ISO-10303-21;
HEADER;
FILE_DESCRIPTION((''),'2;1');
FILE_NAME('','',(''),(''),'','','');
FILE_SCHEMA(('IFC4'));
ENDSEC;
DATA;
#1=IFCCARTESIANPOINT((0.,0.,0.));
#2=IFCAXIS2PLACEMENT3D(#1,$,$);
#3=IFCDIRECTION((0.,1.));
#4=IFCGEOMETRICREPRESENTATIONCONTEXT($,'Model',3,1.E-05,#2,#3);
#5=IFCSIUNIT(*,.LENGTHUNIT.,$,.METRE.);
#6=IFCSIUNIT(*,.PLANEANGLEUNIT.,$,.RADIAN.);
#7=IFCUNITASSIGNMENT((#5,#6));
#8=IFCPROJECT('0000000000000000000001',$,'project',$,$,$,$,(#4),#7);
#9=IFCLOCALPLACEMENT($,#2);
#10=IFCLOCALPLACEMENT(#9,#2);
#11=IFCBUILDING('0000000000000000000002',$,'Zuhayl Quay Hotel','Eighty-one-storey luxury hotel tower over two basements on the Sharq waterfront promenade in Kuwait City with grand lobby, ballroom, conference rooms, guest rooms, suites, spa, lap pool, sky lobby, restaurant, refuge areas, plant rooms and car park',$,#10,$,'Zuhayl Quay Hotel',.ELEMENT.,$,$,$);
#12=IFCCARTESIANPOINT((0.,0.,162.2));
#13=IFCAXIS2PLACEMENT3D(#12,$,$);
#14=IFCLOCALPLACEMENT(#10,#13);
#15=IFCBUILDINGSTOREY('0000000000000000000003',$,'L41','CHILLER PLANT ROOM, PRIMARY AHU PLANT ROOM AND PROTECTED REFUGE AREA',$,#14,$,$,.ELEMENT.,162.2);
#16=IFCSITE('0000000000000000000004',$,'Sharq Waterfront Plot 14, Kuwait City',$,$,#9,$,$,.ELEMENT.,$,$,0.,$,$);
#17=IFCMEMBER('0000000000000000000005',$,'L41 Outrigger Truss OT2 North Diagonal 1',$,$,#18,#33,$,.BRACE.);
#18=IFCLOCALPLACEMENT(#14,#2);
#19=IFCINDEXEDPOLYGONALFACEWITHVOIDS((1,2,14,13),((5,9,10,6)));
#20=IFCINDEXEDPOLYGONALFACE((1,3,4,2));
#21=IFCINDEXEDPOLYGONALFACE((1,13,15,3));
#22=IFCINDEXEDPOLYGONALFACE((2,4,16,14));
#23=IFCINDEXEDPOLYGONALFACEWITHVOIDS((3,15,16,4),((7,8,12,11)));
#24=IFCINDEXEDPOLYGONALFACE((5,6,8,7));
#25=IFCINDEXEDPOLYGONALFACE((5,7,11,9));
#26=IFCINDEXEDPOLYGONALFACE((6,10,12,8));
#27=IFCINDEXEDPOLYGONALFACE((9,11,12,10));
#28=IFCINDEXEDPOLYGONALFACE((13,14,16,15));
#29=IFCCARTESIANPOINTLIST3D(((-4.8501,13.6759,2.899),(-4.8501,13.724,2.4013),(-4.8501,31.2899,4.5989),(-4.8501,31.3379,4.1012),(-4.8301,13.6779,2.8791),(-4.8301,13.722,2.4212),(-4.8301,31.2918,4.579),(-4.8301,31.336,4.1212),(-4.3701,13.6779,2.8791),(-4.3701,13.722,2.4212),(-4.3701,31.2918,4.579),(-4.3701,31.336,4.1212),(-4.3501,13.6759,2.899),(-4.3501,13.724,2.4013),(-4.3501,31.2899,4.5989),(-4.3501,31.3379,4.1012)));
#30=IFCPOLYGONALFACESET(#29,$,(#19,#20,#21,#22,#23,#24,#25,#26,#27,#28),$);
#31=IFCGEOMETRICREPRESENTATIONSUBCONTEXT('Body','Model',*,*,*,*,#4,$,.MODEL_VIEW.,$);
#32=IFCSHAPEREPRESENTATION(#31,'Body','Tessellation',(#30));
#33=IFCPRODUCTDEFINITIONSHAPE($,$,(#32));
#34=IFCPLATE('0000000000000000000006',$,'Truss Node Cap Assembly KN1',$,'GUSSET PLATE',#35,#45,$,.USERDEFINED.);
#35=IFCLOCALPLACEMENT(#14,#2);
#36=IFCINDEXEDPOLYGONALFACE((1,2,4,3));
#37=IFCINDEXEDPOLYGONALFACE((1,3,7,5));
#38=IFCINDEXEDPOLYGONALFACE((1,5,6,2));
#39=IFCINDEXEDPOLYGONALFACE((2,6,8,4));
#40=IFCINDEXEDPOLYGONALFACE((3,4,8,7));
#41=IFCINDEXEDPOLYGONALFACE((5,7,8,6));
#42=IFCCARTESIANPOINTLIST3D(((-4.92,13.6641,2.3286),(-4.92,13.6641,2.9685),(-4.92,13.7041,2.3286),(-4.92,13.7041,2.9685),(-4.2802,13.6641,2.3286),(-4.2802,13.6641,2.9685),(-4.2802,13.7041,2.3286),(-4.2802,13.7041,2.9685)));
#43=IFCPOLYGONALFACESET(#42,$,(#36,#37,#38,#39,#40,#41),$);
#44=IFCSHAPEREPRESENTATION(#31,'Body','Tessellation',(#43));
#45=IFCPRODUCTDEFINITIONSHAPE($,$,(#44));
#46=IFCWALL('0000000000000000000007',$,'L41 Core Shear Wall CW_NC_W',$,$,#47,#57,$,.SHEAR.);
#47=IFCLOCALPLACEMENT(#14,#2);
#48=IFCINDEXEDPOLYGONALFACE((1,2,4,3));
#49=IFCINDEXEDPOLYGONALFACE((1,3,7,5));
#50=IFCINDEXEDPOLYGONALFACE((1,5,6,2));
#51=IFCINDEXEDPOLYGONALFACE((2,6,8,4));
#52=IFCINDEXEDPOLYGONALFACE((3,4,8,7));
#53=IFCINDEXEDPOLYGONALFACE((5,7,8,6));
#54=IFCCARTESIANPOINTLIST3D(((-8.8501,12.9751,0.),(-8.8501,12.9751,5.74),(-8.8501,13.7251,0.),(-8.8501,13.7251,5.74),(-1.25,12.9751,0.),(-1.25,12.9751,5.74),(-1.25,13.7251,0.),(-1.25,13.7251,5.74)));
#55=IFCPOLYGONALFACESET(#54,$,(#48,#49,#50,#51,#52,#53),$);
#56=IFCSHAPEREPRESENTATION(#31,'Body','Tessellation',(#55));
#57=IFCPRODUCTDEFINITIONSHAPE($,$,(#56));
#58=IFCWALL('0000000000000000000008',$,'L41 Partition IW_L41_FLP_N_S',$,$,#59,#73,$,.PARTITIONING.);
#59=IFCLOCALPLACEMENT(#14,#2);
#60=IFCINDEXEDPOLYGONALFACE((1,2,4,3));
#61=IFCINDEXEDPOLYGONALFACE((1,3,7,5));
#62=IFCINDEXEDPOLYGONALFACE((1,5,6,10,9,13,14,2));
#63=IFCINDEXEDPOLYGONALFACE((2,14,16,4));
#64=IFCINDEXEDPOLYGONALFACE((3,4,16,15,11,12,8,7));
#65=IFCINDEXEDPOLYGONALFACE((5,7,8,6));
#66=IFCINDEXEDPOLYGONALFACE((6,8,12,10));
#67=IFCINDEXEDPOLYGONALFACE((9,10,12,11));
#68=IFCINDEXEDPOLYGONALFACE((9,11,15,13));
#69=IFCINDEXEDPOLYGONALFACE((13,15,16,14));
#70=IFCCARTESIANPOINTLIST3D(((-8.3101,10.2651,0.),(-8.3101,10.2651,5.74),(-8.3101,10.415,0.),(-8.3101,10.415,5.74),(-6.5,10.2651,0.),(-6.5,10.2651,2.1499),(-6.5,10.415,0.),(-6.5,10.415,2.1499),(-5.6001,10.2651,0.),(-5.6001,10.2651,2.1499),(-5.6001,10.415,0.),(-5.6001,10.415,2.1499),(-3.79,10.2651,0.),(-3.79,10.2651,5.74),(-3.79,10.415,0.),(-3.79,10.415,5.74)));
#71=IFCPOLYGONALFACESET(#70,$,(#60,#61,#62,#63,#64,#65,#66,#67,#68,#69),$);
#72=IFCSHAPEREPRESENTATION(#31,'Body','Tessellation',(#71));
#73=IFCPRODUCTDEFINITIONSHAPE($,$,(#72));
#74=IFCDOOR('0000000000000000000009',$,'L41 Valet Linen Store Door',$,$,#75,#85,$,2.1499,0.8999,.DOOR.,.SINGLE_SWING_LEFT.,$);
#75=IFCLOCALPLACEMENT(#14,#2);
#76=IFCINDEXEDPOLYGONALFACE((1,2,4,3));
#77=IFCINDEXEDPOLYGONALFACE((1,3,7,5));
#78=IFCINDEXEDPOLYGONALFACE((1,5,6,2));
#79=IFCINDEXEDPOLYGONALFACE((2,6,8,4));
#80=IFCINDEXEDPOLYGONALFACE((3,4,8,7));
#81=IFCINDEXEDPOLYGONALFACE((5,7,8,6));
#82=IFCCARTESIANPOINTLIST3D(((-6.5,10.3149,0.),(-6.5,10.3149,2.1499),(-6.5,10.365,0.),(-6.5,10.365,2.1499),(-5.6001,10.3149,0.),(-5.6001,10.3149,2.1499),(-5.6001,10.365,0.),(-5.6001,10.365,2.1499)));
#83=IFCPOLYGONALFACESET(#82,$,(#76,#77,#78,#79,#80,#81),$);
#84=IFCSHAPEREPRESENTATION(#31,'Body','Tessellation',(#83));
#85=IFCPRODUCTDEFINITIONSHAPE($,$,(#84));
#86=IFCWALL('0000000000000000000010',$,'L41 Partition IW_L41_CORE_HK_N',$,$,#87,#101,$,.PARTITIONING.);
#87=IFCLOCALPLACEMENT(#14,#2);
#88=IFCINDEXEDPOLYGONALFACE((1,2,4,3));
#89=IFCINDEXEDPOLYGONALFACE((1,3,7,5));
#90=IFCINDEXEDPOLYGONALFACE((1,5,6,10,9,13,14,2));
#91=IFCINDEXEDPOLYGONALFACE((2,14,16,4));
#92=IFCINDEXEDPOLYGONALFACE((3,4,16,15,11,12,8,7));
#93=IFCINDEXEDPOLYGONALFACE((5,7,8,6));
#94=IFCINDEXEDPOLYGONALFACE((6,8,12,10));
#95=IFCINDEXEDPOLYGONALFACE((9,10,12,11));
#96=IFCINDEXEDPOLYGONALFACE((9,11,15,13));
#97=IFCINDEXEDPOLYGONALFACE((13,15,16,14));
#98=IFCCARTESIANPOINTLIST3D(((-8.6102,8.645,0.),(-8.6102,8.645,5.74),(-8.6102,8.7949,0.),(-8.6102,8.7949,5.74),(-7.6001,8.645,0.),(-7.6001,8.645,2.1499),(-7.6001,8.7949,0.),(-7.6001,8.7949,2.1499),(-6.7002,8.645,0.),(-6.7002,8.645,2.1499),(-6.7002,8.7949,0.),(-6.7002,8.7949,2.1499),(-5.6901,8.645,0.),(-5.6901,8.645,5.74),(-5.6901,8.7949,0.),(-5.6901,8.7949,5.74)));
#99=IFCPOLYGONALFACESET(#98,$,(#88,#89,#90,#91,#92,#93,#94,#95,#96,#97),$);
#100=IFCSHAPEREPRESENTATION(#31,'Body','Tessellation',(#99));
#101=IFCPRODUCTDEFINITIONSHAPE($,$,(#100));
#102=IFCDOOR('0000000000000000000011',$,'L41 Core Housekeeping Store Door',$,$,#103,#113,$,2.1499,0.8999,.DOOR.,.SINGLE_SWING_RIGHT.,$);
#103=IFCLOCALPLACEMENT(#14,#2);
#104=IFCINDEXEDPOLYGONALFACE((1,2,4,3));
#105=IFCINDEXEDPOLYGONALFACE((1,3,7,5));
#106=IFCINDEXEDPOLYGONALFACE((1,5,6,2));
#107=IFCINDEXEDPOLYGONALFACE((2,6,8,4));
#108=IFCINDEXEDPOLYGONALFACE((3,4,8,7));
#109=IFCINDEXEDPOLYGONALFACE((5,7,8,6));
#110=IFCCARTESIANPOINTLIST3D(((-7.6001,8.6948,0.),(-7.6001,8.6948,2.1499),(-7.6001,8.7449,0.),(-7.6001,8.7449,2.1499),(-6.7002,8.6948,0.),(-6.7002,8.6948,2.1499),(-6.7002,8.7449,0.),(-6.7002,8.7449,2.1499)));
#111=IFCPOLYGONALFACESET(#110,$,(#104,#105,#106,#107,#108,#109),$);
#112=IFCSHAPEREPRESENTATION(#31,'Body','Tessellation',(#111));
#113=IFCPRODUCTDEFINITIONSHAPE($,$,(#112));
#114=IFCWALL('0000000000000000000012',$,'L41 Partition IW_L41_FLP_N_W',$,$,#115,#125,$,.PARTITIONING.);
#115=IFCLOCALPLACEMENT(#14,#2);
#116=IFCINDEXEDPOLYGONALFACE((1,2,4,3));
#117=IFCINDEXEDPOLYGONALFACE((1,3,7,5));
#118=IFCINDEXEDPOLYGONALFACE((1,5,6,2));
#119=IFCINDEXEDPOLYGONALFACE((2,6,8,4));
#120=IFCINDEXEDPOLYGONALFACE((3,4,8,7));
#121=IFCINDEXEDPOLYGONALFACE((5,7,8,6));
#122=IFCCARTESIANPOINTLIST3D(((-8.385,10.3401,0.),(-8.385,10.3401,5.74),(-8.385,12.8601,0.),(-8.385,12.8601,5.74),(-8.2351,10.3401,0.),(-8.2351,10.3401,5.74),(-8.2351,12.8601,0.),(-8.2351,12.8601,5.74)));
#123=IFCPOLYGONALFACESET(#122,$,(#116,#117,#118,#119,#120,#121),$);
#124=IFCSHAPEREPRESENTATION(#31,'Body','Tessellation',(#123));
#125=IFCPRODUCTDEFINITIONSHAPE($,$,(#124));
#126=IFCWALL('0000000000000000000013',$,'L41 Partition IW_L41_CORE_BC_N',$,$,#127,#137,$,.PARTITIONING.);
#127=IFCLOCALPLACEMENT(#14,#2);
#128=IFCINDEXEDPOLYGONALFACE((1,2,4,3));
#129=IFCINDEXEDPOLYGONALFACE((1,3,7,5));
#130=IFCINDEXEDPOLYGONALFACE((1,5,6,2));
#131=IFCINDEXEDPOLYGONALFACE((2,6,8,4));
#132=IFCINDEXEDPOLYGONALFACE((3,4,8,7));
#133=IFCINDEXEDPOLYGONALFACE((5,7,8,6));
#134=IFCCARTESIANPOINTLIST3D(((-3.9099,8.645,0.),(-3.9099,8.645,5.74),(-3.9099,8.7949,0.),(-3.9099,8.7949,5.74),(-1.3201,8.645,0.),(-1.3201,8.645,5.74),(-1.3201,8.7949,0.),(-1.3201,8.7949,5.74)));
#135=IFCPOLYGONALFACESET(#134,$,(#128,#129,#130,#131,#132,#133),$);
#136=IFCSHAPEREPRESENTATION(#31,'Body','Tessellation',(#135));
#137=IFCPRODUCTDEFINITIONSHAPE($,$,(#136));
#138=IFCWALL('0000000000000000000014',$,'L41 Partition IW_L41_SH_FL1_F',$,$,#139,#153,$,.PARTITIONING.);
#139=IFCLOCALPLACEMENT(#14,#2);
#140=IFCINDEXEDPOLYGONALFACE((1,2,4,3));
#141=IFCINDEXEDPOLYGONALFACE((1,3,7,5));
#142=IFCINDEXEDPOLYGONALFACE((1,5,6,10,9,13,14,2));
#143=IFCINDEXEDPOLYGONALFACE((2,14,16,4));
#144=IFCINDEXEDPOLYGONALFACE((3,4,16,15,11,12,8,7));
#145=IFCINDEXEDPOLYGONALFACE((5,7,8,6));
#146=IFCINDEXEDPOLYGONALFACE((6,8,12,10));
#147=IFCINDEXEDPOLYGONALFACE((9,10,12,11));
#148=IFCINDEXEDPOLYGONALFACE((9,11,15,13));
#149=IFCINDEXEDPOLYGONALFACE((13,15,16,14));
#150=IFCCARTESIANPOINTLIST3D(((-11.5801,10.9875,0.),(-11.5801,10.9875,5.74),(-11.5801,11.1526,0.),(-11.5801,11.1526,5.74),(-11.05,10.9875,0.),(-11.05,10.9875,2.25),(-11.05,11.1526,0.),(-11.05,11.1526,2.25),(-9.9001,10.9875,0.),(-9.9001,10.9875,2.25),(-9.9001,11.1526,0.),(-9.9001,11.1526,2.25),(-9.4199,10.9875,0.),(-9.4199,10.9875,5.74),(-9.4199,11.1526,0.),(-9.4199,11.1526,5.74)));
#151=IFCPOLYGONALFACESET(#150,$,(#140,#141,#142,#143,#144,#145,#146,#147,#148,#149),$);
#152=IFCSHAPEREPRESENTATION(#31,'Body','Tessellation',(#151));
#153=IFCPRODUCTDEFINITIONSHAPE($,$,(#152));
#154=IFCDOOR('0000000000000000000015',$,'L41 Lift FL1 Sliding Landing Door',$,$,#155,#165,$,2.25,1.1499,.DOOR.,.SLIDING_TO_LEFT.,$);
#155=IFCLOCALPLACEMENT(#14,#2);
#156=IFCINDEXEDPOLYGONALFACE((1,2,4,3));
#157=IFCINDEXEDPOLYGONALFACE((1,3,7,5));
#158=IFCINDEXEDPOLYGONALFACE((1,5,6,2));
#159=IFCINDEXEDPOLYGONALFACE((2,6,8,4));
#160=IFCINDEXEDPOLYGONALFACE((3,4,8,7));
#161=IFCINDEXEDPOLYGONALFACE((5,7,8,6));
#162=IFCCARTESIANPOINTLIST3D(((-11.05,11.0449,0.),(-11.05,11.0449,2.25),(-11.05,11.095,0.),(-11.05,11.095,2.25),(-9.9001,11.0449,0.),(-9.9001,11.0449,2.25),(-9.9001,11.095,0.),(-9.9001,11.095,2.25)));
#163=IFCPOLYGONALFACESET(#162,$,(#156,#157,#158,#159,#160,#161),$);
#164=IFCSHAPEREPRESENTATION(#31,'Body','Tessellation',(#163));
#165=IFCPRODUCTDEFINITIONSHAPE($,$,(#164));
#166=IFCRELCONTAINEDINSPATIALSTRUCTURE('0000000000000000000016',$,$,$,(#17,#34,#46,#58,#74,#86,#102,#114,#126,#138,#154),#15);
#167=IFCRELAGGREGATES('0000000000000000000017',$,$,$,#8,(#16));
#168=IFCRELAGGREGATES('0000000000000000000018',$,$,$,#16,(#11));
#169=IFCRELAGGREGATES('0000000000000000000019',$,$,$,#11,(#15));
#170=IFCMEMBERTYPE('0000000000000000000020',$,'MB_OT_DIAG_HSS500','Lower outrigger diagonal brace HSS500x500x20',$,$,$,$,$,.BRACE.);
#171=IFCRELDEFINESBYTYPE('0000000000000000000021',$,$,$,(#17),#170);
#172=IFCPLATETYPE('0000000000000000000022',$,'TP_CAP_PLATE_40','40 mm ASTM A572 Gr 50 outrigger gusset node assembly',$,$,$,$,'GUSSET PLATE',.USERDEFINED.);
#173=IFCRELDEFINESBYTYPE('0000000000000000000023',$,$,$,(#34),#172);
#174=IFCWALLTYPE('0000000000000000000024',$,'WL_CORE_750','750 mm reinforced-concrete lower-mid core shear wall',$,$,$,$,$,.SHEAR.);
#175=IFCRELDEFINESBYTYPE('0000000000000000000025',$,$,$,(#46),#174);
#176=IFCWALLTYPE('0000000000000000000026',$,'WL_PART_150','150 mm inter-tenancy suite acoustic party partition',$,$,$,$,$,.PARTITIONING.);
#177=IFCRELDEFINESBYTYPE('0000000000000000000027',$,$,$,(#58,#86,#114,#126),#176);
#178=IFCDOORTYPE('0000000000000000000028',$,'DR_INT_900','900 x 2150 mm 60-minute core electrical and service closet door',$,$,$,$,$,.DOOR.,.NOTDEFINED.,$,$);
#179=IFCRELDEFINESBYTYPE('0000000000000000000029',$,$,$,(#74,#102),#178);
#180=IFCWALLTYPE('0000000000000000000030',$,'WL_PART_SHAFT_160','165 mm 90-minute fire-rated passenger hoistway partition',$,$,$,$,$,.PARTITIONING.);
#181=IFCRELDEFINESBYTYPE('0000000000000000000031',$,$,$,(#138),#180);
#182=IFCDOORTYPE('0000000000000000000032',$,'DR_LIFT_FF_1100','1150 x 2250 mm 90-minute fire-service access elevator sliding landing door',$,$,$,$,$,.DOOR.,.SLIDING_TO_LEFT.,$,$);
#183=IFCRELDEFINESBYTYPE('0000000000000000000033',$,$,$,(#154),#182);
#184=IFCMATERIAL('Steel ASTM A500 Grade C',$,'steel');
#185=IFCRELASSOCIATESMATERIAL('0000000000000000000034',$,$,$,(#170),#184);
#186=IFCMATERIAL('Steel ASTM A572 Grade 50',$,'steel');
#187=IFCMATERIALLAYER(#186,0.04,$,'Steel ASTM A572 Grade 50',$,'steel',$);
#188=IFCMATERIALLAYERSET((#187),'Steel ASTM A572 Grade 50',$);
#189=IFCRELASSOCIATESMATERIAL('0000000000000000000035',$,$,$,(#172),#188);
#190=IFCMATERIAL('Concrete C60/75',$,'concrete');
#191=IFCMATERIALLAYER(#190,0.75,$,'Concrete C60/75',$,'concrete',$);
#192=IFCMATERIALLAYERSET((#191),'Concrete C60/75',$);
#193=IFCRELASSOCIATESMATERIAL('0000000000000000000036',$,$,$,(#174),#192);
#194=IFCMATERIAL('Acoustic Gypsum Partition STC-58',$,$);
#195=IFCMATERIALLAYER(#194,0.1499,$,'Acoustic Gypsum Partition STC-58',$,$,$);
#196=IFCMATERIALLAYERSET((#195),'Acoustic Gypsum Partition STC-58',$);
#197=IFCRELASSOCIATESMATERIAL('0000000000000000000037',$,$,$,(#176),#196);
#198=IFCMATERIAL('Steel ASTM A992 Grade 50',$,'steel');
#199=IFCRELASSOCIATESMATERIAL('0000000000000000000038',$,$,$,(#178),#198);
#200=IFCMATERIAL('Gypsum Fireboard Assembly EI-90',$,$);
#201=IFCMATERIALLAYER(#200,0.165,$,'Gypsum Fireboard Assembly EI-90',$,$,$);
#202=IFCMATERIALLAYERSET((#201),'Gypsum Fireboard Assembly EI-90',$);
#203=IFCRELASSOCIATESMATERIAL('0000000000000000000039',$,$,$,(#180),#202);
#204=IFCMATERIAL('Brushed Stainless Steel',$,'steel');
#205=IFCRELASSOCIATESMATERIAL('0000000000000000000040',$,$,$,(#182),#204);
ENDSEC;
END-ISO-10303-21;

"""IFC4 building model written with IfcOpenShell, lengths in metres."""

from ifc_helpers import new_model, si_unit, direction, frame, frame_2d, origin, origin_2d, place, context, subcontext, project, spatial, rectangle, hollow_rectangle, extrude, material, layer, layer_set, material_profile, profile_set, type_object, element, fill, save


model = new_model("IFC4")

# Units and contexts
model_context = context("Model", 3, precision=1e-05, world=origin(), true_north=direction((0.0, 1.0)))
body_context = subcontext(model_context, "Body", "Model", "MODEL_VIEW")
ifc_project = project(units=[si_unit("LENGTHUNIT", "METRE"), si_unit("PLANEANGLEUNIT", "RADIAN")], contexts=[model_context])

# Site, building, storey
site_placement = place(None, origin())
site = spatial("IfcSite", under=ifc_project, at=site_placement, Name="Sharq Waterfront Plot 14, Kuwait City", CompositionType="ELEMENT", RefElevation=0.0)
building_placement = place(site_placement, origin())
building = spatial("IfcBuilding", under=site, at=building_placement, Name="Zuhayl Quay Hotel", Description="Eighty-one-storey luxury hotel tower over two basements on the Sharq waterfront promenade in Kuwait City with grand lobby, ballroom, conference rooms, guest rooms, suites, spa, lap pool, sky lobby, restaurant, refuge areas, plant rooms and car park", LongName="Zuhayl Quay Hotel", CompositionType="ELEMENT")
storey_placement = place(building_placement, frame((0.0, 0.0, 162.2)))
storey = spatial("IfcBuildingStorey", under=building, at=storey_placement, Name="L41", Description="CHILLER PLANT ROOM, PRIMARY AHU PLANT ROOM AND PROTECTED REFUGE AREA", CompositionType="ELEMENT", Elevation=162.2)

# Shared definitions
ifc_material_1 = material(Name="Steel ASTM A992 Grade 50", Category="steel")

# Member
ifc_material_2 = material(Name="Steel ASTM A500 Grade C", Category="steel")
ifc_material_profile_1 = material_profile(ifc_material_2, hollow_rectangle(XDim=0.5, YDim=0.5, WallThickness=0.02, at=origin_2d()), Name="HSS500X500X20")
ifc_profile_set_1 = profile_set([ifc_material_profile_1], Name="Steel ASTM A500 Grade C")
member_type_1 = type_object("IfcMemberType", Name="MB_OT_DIAG_HSS500", Description="Lower outrigger diagonal brace HSS500x500x20", PredefinedType="BRACE", material=ifc_profile_set_1)
member_1_placement = place(storey_placement, frame((-4.6001, 13.7, 2.6501), z_axis=(0.0, 0.995375, 0.096065), x_axis=(-1.0, 0.0, 0.0)))
element("IfcMember", 1, at=member_1_placement, inside=storey, type_object=member_type_1, Name="L41 Outrigger Truss OT2 North Diagonal 1", PredefinedType="BRACE", context=body_context, shape_type="SweptSolid", body=[
    extrude(hollow_rectangle(XDim=0.5, YDim=0.5, WallThickness=0.02, at=origin_2d()), origin(), (0.0, 0.0, 1.0), 17.6958),
])

# Plate
ifc_material_3 = material(Name="Steel ASTM A572 Grade 50", Category="steel")
ifc_layer_1 = layer(ifc_material_3, 0.04, Name="Steel ASTM A572 Grade 50", Category="steel")
ifc_layer_set_1 = layer_set([ifc_layer_1], Name="Steel ASTM A572 Grade 50")
plate_type = type_object("IfcPlateType", Name="TP_CAP_PLATE_40", Description="40 mm ASTM A572 Gr 50 outrigger gusset node assembly", ElementType="GUSSET PLATE", PredefinedType="USERDEFINED", material=ifc_layer_set_1)
plate_placement = place(storey_placement, frame((-4.6001, 13.6841, 2.3286), z_axis=(0.0, 0.0, 1.0), x_axis=(0.0, -1.0, 0.0)))
element("IfcPlate", 2, at=plate_placement, inside=storey, type_object=plate_type, Name="Truss Node Cap Assembly KN1", ObjectType="GUSSET PLATE", PredefinedType="USERDEFINED", context=body_context, shape_type="SweptSolid", body=[
    extrude(rectangle(XDim=0.04, YDim=0.6399, at=origin_2d()), origin(), (0.0, 0.0, 1.0), 0.6399),
])

# Wall
ifc_material_4 = material(Name="Concrete C60/75", Category="concrete")
ifc_layer_2 = layer(ifc_material_4, 0.75, Name="Concrete C60/75", Category="concrete")
ifc_layer_set_2 = layer_set([ifc_layer_2], Name="Concrete C60/75")
wall_type_1 = type_object("IfcWallType", Name="WL_CORE_750", Description="750 mm reinforced-concrete lower-mid core shear wall", PredefinedType="SHEAR", material=ifc_layer_set_2)
wall_1_placement = place(storey_placement, frame((-8.8501, 13.3501, 0.0), z_axis=(0.0, 0.0, 1.0), x_axis=(1.0, 0.0, 0.0)))
element("IfcWall", 3, at=wall_1_placement, inside=storey, type_object=wall_type_1, Name="L41 Core Shear Wall CW_NC_W", PredefinedType="SHEAR", context=body_context, shape_type="SweptSolid", body=[
    extrude(rectangle(XDim=7.6001, YDim=0.75, at=frame_2d((3.8, 0.0))), origin(), (0.0, 0.0, 1.0), 5.74),
])

# Walls, openings, doors
ifc_material_5 = material(Name="Acoustic Gypsum Partition STC-58")
ifc_layer_3 = layer(ifc_material_5, 0.1499, Name="Acoustic Gypsum Partition STC-58")
ifc_layer_set_3 = layer_set([ifc_layer_3], Name="Acoustic Gypsum Partition STC-58")
wall_type_2 = type_object("IfcWallType", Name="WL_PART_150", Description="150 mm inter-tenancy suite acoustic party partition", PredefinedType="PARTITIONING", material=ifc_layer_set_3)
wall_2_placement = place(storey_placement, frame((-8.3101, 10.3401, 0.0), z_axis=(0.0, 0.0, 1.0), x_axis=(1.0, 0.0, 0.0)))
wall_2 = element("IfcWall", 4, at=wall_2_placement, inside=storey, type_object=wall_type_2, Name="L41 Partition IW_L41_FLP_N_S", PredefinedType="PARTITIONING", context=body_context, shape_type="SweptSolid", body=[
    extrude(rectangle(XDim=4.52, YDim=0.1499, at=frame_2d((2.26, 0.0))), origin(), (0.0, 0.0, 1.0), 5.74),
])
opening_1_placement = place(wall_2_placement, frame((1.8101, 0.0, 0.0)))
opening_1 = element("IfcOpeningElement", 5, at=opening_1_placement, cuts=wall_2, PredefinedType="OPENING", context=body_context, shape_type="SweptSolid", body=[
    extrude(rectangle(XDim=0.8999, YDim=2.1499, at=frame_2d((0.45, 1.075))), frame((0.0, 0.085, 0.0), z_axis=(0.0, -1.0, 0.0), x_axis=(1.0, 0.0, 0.0)), (0.0, 0.0, 1.0), 0.1699),
])
door_type_1 = type_object("IfcDoorType", Name="DR_INT_900", Description="900 x 2150 mm 60-minute core electrical and service closet door", OperationType="NOTDEFINED", PredefinedType="DOOR", material=ifc_material_1)
door_1_placement = place(opening_1_placement, origin())
door_1 = element("IfcDoor", 6, at=door_1_placement, inside=storey, type_object=door_type_1, Name="L41 Valet Linen Store Door", OperationType="SINGLE_SWING_LEFT", OverallHeight=2.1499, OverallWidth=0.8999, PredefinedType="DOOR", context=body_context, shape_type="SweptSolid", body=[
    extrude(rectangle(XDim=0.8999, YDim=2.1499, at=frame_2d((0.45, 1.075))), frame((0.0, 0.0249, 0.0), z_axis=(0.0, -1.0, 0.0), x_axis=(1.0, 0.0, 0.0)), (0.0, 0.0, 1.0), 0.05),
])
fill(opening_1, door_1)
wall_3_placement = place(storey_placement, frame((-8.6101, 8.72, 0.0), z_axis=(0.0, 0.0, 1.0), x_axis=(1.0, 0.0, 0.0)))
wall_3 = element("IfcWall", 7, at=wall_3_placement, inside=storey, type_object=wall_type_2, Name="L41 Partition IW_L41_CORE_HK_N", PredefinedType="PARTITIONING", context=body_context, shape_type="SweptSolid", body=[
    extrude(rectangle(XDim=2.9202, YDim=0.1499, at=frame_2d((1.46, 0.0))), origin(), (0.0, 0.0, 1.0), 5.74),
])
opening_2_placement = place(wall_3_placement, frame((1.01, 0.0, 0.0)))
opening_2 = element("IfcOpeningElement", 8, at=opening_2_placement, cuts=wall_3, PredefinedType="OPENING", context=body_context, shape_type="SweptSolid", body=[
    extrude(rectangle(XDim=0.8999, YDim=2.1499, at=frame_2d((0.45, 1.075))), frame((0.0, 0.085, 0.0), z_axis=(0.0, -1.0, 0.0), x_axis=(1.0, 0.0, 0.0)), (0.0, 0.0, 1.0), 0.1699),
])
door_2_placement = place(opening_2_placement, origin())
door_2 = element("IfcDoor", 9, at=door_2_placement, inside=storey, type_object=door_type_1, Name="L41 Core Housekeeping Store Door", OperationType="SINGLE_SWING_RIGHT", OverallHeight=2.1499, OverallWidth=0.8999, PredefinedType="DOOR", context=body_context, shape_type="SweptSolid", body=[
    extrude(rectangle(XDim=0.8999, YDim=2.1499, at=frame_2d((0.45, 1.075))), frame((0.0, 0.0249, 0.0), z_axis=(0.0, -1.0, 0.0), x_axis=(1.0, 0.0, 0.0)), (0.0, 0.0, 1.0), 0.05),
])
fill(opening_2, door_2)

# Walls
wall_4_placement = place(storey_placement, frame((-8.3101, 10.3401, 0.0), z_axis=(0.0, 0.0, 1.0), x_axis=(0.0, 1.0, 0.0)))
element("IfcWall", 10, at=wall_4_placement, inside=storey, type_object=wall_type_2, Name="L41 Partition IW_L41_FLP_N_W", PredefinedType="PARTITIONING", context=body_context, shape_type="SweptSolid", body=[
    extrude(rectangle(XDim=2.52, YDim=0.1499, at=frame_2d((1.26, 0.0))), origin(), (0.0, 0.0, 1.0), 5.74),
])
wall_5_placement = place(storey_placement, frame((-3.9099, 8.72, 0.0), z_axis=(0.0, 0.0, 1.0), x_axis=(1.0, 0.0, 0.0)))
element("IfcWall", 11, at=wall_5_placement, inside=storey, type_object=wall_type_2, Name="L41 Partition IW_L41_CORE_BC_N", PredefinedType="PARTITIONING", context=body_context, shape_type="SweptSolid", body=[
    extrude(rectangle(XDim=2.5898, YDim=0.1499, at=frame_2d((1.2949, 0.0))), origin(), (0.0, 0.0, 1.0), 5.74),
])

# Wall, opening, door
ifc_material_6 = material(Name="Gypsum Fireboard Assembly EI-90")
ifc_layer_4 = layer(ifc_material_6, 0.165, Name="Gypsum Fireboard Assembly EI-90")
ifc_layer_set_4 = layer_set([ifc_layer_4], Name="Gypsum Fireboard Assembly EI-90")
wall_type_3 = type_object("IfcWallType", Name="WL_PART_SHAFT_160", Description="165 mm 90-minute fire-rated passenger hoistway partition", PredefinedType="PARTITIONING", material=ifc_layer_set_4)
wall_6_placement = place(storey_placement, frame((-11.5801, 11.0701, 0.0), z_axis=(0.0, 0.0, 1.0), x_axis=(1.0, 0.0, 0.0)))
wall_6 = element("IfcWall", 12, at=wall_6_placement, inside=storey, type_object=wall_type_3, Name="L41 Partition IW_L41_SH_FL1_F", PredefinedType="PARTITIONING", context=body_context, shape_type="SweptSolid", body=[
    extrude(rectangle(XDim=2.1602, YDim=0.165, at=frame_2d((1.0801, 0.0))), origin(), (0.0, 0.0, 1.0), 5.74),
])
opening_3_placement = place(wall_6_placement, frame((0.53, 0.0, 0.0)))
opening_3 = element("IfcOpeningElement", 13, at=opening_3_placement, cuts=wall_6, PredefinedType="OPENING", context=body_context, shape_type="SweptSolid", body=[
    extrude(rectangle(XDim=1.1499, YDim=2.25, at=frame_2d((0.575, 1.125))), frame((0.0, 0.0925, 0.0), z_axis=(0.0, -1.0, 0.0), x_axis=(1.0, 0.0, 0.0)), (0.0, 0.0, 1.0), 0.1851),
])
ifc_material_7 = material(Name="Brushed Stainless Steel", Category="steel")
door_type_2 = type_object("IfcDoorType", Name="DR_LIFT_FF_1100", Description="1150 x 2250 mm 90-minute fire-service access elevator sliding landing door", OperationType="SLIDING_TO_LEFT", PredefinedType="DOOR", material=ifc_material_7)
door_3_placement = place(opening_3_placement, origin())
door_3 = element("IfcDoor", 14, at=door_3_placement, inside=storey, type_object=door_type_2, Name="L41 Lift FL1 Sliding Landing Door", OperationType="SLIDING_TO_LEFT", OverallHeight=2.25, OverallWidth=1.1499, PredefinedType="DOOR", context=body_context, shape_type="SweptSolid", body=[
    extrude(rectangle(XDim=1.1499, YDim=2.25, at=frame_2d((0.575, 1.125))), frame((0.0, 0.0249, 0.0), z_axis=(0.0, -1.0, 0.0), x_axis=(1.0, 0.0, 0.0)), (0.0, 0.0, 1.0), 0.05),
])
fill(opening_3, door_3)

save(model, "model.ifc")
